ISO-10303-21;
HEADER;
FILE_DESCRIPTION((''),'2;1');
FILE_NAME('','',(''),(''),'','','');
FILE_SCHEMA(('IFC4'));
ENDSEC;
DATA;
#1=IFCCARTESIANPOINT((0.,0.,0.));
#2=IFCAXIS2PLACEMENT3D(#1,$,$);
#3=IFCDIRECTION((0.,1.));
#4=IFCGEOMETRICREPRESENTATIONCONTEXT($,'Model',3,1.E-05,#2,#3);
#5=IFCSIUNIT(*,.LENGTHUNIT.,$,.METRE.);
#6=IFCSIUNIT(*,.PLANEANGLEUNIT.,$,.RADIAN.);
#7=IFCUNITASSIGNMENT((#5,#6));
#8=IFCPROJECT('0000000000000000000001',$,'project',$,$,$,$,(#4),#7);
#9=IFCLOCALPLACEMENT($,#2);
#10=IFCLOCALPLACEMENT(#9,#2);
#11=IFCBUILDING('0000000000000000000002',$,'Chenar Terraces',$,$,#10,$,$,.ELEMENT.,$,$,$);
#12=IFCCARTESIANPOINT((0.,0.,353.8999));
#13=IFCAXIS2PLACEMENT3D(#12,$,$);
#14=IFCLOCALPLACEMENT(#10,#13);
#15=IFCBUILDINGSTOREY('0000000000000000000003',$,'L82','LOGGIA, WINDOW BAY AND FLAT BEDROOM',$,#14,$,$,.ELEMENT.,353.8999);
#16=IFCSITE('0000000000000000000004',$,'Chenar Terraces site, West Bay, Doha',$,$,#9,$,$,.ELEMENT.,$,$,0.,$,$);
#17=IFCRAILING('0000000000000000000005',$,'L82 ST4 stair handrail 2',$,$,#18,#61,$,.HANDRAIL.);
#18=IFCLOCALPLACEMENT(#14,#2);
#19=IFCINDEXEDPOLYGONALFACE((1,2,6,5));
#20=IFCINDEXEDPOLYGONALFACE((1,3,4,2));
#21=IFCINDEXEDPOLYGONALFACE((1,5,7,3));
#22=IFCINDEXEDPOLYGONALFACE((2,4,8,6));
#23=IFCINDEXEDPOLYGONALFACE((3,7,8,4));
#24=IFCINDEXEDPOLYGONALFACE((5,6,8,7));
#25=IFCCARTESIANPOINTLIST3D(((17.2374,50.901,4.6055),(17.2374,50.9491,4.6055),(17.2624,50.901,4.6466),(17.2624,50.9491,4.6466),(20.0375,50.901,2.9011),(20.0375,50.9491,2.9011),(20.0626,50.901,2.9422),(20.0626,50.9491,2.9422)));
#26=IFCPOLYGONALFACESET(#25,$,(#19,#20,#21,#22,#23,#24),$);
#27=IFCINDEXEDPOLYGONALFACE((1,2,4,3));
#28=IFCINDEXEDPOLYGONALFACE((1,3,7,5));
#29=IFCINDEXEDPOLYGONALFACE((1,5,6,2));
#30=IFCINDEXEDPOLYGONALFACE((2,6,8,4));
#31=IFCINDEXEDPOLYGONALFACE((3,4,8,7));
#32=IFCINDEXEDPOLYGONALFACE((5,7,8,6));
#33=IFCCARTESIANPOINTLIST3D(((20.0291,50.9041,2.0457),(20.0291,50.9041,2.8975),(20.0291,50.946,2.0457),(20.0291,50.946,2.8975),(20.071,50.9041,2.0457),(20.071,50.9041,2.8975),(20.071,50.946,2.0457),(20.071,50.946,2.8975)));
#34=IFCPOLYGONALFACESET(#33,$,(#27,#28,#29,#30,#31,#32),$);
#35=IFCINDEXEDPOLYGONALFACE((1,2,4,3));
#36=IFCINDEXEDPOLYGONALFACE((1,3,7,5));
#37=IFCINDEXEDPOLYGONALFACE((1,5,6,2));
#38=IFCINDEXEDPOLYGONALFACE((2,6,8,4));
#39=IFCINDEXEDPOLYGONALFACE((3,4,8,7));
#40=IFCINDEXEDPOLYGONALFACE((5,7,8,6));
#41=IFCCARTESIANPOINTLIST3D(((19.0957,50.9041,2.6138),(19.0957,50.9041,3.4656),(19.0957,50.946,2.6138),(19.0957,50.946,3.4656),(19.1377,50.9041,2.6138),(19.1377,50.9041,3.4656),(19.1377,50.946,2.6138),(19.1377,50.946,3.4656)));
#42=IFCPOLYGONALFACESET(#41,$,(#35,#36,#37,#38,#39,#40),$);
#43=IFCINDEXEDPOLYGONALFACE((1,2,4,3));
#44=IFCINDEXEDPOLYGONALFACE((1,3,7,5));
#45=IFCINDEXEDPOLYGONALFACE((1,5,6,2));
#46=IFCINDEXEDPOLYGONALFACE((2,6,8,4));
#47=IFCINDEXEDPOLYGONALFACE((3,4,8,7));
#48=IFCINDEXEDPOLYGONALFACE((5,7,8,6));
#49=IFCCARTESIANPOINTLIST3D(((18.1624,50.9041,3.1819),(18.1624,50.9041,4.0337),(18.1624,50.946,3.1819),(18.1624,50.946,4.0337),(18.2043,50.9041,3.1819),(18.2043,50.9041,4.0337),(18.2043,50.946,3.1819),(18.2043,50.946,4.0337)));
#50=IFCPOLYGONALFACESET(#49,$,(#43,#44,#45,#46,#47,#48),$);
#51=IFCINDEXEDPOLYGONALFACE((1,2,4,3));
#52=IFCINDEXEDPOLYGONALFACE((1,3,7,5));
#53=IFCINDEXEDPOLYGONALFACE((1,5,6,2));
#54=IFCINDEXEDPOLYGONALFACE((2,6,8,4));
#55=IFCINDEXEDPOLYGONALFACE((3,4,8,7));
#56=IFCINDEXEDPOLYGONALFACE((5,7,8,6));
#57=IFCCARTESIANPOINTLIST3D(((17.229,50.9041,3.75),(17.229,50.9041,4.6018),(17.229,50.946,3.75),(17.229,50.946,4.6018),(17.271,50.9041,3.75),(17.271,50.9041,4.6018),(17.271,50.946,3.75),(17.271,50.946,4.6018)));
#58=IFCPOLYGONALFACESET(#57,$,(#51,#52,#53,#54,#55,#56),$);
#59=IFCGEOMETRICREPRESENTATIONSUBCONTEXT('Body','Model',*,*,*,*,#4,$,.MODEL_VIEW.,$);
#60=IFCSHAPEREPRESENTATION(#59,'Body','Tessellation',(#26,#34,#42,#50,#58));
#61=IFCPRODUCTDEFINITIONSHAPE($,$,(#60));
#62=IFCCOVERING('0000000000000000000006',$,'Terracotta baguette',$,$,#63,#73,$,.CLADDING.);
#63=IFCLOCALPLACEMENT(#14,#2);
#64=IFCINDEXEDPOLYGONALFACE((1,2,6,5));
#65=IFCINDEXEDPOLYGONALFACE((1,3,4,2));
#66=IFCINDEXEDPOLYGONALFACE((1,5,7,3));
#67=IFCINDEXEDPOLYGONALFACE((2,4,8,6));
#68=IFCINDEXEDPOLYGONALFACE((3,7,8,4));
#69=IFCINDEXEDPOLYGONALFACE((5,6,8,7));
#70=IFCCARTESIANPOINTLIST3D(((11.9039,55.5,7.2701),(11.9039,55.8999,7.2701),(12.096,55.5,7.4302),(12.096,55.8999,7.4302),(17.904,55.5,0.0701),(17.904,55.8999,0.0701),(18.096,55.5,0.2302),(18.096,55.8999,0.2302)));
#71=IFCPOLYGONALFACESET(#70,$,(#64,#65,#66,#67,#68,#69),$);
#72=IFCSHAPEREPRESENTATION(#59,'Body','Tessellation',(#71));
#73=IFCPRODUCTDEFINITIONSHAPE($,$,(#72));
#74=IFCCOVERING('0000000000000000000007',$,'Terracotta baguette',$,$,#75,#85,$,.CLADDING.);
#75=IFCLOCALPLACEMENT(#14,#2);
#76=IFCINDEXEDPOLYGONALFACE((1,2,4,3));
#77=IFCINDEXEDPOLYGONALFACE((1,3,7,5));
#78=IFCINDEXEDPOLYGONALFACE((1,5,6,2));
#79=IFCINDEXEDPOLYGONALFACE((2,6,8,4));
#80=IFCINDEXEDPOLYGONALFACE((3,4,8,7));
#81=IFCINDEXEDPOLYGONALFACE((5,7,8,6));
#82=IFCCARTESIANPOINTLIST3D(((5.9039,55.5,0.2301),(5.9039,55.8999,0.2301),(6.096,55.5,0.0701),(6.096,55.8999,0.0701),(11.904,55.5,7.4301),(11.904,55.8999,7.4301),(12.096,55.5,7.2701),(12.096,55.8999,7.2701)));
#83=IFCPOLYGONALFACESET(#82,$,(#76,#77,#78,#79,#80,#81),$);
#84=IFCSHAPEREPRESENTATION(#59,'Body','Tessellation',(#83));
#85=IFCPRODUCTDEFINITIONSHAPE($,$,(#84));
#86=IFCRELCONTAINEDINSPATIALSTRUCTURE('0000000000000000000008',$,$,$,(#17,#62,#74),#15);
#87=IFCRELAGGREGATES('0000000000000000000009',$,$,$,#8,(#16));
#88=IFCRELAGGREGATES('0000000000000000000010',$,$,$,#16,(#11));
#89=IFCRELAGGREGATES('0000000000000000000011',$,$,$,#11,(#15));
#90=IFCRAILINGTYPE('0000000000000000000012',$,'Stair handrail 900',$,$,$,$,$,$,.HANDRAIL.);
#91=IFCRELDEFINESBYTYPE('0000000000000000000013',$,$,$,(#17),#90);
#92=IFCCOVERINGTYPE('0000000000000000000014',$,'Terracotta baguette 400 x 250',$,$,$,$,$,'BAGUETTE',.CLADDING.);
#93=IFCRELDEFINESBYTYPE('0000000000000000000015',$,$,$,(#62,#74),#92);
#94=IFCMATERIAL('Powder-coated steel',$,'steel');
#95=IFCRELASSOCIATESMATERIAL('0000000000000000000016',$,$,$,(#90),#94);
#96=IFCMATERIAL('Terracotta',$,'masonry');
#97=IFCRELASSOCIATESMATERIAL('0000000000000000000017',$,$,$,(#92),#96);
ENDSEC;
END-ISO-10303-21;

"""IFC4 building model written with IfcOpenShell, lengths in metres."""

from ifc_helpers import new_model, si_unit, direction, frame, origin, origin_2d, place, context, subcontext, project, spatial, rectangle, extrude, material, material_profile, profile_set, type_object, element, save


model = new_model("IFC4")

# Units and contexts
model_context = context("Model", 3, precision=1e-05, world=origin(), true_north=direction((0.0, 1.0)))
body_context = subcontext(model_context, "Body", "Model", "MODEL_VIEW")
ifc_project = project(units=[si_unit("LENGTHUNIT", "METRE"), si_unit("PLANEANGLEUNIT", "RADIAN")], contexts=[model_context])

# Site, building, storey
site_placement = place(None, origin())
site = spatial("IfcSite", under=ifc_project, at=site_placement, Name="Chenar Terraces site, West Bay, Doha", CompositionType="ELEMENT", RefElevation=0.0)
building_placement = place(site_placement, origin())
building = spatial("IfcBuilding", under=site, at=building_placement, Name="Chenar Terraces", CompositionType="ELEMENT")
storey_placement = place(building_placement, frame((0.0, 0.0, 353.8999)))
storey = spatial("IfcBuildingStorey", under=building, at=storey_placement, Name="L82", Description="LOGGIA, WINDOW BAY AND FLAT BEDROOM", CompositionType="ELEMENT", Elevation=353.8999)

# Railing
ifc_material_1 = material(Name="Powder-coated steel", Category="steel")
railing_type_1 = type_object("IfcRailingType", Name="Stair handrail 900", PredefinedType="HANDRAIL", material=ifc_material_1)
railing_1_placement = place(storey_placement, frame((20.05, 50.925, 2.0457)))
element("IfcRailing", 1, at=railing_1_placement, inside=storey, type_object=railing_type_1, Name="L82 ST4 stair handrail 2", PredefinedType="HANDRAIL", context=body_context, shape_type="SweptSolid", body=[
    extrude(rectangle(XDim=0.0481, YDim=0.0481, at=origin_2d()), frame((0.0, 0.0, 0.876), z_axis=(-0.854203, 0.0, 0.51994), x_axis=(0.0, -1.0, 0.0)), (0.0, 0.0, 1.0), 3.2781),
    extrude(rectangle(XDim=0.042, YDim=0.042, at=origin_2d()), origin(), (0.0, 0.0, 1.0), 0.8518),
    extrude(rectangle(XDim=0.042, YDim=0.042, at=origin_2d()), frame((-0.9333, 0.0, 0.5681)), (0.0, 0.0, 1.0), 0.8518),
    extrude(rectangle(XDim=0.042, YDim=0.042, at=origin_2d()), frame((-1.8667, 0.0, 1.1362)), (0.0, 0.0, 1.0), 0.8518),
    extrude(rectangle(XDim=0.042, YDim=0.042, at=origin_2d()), frame((-2.8, 0.0, 1.7043)), (0.0, 0.0, 1.0), 0.8518),
])

# Coverings
ifc_material_2 = material(Name="Terracotta", Category="masonry")
ifc_material_profile_1 = material_profile(ifc_material_2, rectangle(XDim=0.3999, YDim=0.25, at=origin_2d()), Name="Terracotta baguette 400 x 250")
ifc_profile_set_1 = profile_set([ifc_material_profile_1], Name="Terracotta")
covering_type = type_object("IfcCoveringType", Name="Terracotta baguette 400 x 250", ElementType="BAGUETTE", PredefinedType="CLADDING", material=ifc_profile_set_1)
for number, where, z_axis, x_axis, name in (
    (2, (18.0, 55.7, 0.1501), (-0.640187, 0.0, 0.768219), (0.0, -1.0, 0.0), "Terracotta baguette"),
    (3, (12.0, 55.7, 7.3501), (-0.640187, 0.0, -0.768219), (0.0, -1.0, 0.0), "Terracotta baguette"),
):
    element("IfcCovering", number, at=place(storey_placement, frame(where, z_axis=z_axis, x_axis=x_axis)), inside=storey, type_object=covering_type, Name=name, PredefinedType="CLADDING", context=body_context, shape_type="SweptSolid", body=[
        extrude(rectangle(XDim=0.3999, YDim=0.25, at=origin_2d()), origin(), (0.0, 0.0, 1.0), 9.3723),
    ])

save(model, "model.ifc")
